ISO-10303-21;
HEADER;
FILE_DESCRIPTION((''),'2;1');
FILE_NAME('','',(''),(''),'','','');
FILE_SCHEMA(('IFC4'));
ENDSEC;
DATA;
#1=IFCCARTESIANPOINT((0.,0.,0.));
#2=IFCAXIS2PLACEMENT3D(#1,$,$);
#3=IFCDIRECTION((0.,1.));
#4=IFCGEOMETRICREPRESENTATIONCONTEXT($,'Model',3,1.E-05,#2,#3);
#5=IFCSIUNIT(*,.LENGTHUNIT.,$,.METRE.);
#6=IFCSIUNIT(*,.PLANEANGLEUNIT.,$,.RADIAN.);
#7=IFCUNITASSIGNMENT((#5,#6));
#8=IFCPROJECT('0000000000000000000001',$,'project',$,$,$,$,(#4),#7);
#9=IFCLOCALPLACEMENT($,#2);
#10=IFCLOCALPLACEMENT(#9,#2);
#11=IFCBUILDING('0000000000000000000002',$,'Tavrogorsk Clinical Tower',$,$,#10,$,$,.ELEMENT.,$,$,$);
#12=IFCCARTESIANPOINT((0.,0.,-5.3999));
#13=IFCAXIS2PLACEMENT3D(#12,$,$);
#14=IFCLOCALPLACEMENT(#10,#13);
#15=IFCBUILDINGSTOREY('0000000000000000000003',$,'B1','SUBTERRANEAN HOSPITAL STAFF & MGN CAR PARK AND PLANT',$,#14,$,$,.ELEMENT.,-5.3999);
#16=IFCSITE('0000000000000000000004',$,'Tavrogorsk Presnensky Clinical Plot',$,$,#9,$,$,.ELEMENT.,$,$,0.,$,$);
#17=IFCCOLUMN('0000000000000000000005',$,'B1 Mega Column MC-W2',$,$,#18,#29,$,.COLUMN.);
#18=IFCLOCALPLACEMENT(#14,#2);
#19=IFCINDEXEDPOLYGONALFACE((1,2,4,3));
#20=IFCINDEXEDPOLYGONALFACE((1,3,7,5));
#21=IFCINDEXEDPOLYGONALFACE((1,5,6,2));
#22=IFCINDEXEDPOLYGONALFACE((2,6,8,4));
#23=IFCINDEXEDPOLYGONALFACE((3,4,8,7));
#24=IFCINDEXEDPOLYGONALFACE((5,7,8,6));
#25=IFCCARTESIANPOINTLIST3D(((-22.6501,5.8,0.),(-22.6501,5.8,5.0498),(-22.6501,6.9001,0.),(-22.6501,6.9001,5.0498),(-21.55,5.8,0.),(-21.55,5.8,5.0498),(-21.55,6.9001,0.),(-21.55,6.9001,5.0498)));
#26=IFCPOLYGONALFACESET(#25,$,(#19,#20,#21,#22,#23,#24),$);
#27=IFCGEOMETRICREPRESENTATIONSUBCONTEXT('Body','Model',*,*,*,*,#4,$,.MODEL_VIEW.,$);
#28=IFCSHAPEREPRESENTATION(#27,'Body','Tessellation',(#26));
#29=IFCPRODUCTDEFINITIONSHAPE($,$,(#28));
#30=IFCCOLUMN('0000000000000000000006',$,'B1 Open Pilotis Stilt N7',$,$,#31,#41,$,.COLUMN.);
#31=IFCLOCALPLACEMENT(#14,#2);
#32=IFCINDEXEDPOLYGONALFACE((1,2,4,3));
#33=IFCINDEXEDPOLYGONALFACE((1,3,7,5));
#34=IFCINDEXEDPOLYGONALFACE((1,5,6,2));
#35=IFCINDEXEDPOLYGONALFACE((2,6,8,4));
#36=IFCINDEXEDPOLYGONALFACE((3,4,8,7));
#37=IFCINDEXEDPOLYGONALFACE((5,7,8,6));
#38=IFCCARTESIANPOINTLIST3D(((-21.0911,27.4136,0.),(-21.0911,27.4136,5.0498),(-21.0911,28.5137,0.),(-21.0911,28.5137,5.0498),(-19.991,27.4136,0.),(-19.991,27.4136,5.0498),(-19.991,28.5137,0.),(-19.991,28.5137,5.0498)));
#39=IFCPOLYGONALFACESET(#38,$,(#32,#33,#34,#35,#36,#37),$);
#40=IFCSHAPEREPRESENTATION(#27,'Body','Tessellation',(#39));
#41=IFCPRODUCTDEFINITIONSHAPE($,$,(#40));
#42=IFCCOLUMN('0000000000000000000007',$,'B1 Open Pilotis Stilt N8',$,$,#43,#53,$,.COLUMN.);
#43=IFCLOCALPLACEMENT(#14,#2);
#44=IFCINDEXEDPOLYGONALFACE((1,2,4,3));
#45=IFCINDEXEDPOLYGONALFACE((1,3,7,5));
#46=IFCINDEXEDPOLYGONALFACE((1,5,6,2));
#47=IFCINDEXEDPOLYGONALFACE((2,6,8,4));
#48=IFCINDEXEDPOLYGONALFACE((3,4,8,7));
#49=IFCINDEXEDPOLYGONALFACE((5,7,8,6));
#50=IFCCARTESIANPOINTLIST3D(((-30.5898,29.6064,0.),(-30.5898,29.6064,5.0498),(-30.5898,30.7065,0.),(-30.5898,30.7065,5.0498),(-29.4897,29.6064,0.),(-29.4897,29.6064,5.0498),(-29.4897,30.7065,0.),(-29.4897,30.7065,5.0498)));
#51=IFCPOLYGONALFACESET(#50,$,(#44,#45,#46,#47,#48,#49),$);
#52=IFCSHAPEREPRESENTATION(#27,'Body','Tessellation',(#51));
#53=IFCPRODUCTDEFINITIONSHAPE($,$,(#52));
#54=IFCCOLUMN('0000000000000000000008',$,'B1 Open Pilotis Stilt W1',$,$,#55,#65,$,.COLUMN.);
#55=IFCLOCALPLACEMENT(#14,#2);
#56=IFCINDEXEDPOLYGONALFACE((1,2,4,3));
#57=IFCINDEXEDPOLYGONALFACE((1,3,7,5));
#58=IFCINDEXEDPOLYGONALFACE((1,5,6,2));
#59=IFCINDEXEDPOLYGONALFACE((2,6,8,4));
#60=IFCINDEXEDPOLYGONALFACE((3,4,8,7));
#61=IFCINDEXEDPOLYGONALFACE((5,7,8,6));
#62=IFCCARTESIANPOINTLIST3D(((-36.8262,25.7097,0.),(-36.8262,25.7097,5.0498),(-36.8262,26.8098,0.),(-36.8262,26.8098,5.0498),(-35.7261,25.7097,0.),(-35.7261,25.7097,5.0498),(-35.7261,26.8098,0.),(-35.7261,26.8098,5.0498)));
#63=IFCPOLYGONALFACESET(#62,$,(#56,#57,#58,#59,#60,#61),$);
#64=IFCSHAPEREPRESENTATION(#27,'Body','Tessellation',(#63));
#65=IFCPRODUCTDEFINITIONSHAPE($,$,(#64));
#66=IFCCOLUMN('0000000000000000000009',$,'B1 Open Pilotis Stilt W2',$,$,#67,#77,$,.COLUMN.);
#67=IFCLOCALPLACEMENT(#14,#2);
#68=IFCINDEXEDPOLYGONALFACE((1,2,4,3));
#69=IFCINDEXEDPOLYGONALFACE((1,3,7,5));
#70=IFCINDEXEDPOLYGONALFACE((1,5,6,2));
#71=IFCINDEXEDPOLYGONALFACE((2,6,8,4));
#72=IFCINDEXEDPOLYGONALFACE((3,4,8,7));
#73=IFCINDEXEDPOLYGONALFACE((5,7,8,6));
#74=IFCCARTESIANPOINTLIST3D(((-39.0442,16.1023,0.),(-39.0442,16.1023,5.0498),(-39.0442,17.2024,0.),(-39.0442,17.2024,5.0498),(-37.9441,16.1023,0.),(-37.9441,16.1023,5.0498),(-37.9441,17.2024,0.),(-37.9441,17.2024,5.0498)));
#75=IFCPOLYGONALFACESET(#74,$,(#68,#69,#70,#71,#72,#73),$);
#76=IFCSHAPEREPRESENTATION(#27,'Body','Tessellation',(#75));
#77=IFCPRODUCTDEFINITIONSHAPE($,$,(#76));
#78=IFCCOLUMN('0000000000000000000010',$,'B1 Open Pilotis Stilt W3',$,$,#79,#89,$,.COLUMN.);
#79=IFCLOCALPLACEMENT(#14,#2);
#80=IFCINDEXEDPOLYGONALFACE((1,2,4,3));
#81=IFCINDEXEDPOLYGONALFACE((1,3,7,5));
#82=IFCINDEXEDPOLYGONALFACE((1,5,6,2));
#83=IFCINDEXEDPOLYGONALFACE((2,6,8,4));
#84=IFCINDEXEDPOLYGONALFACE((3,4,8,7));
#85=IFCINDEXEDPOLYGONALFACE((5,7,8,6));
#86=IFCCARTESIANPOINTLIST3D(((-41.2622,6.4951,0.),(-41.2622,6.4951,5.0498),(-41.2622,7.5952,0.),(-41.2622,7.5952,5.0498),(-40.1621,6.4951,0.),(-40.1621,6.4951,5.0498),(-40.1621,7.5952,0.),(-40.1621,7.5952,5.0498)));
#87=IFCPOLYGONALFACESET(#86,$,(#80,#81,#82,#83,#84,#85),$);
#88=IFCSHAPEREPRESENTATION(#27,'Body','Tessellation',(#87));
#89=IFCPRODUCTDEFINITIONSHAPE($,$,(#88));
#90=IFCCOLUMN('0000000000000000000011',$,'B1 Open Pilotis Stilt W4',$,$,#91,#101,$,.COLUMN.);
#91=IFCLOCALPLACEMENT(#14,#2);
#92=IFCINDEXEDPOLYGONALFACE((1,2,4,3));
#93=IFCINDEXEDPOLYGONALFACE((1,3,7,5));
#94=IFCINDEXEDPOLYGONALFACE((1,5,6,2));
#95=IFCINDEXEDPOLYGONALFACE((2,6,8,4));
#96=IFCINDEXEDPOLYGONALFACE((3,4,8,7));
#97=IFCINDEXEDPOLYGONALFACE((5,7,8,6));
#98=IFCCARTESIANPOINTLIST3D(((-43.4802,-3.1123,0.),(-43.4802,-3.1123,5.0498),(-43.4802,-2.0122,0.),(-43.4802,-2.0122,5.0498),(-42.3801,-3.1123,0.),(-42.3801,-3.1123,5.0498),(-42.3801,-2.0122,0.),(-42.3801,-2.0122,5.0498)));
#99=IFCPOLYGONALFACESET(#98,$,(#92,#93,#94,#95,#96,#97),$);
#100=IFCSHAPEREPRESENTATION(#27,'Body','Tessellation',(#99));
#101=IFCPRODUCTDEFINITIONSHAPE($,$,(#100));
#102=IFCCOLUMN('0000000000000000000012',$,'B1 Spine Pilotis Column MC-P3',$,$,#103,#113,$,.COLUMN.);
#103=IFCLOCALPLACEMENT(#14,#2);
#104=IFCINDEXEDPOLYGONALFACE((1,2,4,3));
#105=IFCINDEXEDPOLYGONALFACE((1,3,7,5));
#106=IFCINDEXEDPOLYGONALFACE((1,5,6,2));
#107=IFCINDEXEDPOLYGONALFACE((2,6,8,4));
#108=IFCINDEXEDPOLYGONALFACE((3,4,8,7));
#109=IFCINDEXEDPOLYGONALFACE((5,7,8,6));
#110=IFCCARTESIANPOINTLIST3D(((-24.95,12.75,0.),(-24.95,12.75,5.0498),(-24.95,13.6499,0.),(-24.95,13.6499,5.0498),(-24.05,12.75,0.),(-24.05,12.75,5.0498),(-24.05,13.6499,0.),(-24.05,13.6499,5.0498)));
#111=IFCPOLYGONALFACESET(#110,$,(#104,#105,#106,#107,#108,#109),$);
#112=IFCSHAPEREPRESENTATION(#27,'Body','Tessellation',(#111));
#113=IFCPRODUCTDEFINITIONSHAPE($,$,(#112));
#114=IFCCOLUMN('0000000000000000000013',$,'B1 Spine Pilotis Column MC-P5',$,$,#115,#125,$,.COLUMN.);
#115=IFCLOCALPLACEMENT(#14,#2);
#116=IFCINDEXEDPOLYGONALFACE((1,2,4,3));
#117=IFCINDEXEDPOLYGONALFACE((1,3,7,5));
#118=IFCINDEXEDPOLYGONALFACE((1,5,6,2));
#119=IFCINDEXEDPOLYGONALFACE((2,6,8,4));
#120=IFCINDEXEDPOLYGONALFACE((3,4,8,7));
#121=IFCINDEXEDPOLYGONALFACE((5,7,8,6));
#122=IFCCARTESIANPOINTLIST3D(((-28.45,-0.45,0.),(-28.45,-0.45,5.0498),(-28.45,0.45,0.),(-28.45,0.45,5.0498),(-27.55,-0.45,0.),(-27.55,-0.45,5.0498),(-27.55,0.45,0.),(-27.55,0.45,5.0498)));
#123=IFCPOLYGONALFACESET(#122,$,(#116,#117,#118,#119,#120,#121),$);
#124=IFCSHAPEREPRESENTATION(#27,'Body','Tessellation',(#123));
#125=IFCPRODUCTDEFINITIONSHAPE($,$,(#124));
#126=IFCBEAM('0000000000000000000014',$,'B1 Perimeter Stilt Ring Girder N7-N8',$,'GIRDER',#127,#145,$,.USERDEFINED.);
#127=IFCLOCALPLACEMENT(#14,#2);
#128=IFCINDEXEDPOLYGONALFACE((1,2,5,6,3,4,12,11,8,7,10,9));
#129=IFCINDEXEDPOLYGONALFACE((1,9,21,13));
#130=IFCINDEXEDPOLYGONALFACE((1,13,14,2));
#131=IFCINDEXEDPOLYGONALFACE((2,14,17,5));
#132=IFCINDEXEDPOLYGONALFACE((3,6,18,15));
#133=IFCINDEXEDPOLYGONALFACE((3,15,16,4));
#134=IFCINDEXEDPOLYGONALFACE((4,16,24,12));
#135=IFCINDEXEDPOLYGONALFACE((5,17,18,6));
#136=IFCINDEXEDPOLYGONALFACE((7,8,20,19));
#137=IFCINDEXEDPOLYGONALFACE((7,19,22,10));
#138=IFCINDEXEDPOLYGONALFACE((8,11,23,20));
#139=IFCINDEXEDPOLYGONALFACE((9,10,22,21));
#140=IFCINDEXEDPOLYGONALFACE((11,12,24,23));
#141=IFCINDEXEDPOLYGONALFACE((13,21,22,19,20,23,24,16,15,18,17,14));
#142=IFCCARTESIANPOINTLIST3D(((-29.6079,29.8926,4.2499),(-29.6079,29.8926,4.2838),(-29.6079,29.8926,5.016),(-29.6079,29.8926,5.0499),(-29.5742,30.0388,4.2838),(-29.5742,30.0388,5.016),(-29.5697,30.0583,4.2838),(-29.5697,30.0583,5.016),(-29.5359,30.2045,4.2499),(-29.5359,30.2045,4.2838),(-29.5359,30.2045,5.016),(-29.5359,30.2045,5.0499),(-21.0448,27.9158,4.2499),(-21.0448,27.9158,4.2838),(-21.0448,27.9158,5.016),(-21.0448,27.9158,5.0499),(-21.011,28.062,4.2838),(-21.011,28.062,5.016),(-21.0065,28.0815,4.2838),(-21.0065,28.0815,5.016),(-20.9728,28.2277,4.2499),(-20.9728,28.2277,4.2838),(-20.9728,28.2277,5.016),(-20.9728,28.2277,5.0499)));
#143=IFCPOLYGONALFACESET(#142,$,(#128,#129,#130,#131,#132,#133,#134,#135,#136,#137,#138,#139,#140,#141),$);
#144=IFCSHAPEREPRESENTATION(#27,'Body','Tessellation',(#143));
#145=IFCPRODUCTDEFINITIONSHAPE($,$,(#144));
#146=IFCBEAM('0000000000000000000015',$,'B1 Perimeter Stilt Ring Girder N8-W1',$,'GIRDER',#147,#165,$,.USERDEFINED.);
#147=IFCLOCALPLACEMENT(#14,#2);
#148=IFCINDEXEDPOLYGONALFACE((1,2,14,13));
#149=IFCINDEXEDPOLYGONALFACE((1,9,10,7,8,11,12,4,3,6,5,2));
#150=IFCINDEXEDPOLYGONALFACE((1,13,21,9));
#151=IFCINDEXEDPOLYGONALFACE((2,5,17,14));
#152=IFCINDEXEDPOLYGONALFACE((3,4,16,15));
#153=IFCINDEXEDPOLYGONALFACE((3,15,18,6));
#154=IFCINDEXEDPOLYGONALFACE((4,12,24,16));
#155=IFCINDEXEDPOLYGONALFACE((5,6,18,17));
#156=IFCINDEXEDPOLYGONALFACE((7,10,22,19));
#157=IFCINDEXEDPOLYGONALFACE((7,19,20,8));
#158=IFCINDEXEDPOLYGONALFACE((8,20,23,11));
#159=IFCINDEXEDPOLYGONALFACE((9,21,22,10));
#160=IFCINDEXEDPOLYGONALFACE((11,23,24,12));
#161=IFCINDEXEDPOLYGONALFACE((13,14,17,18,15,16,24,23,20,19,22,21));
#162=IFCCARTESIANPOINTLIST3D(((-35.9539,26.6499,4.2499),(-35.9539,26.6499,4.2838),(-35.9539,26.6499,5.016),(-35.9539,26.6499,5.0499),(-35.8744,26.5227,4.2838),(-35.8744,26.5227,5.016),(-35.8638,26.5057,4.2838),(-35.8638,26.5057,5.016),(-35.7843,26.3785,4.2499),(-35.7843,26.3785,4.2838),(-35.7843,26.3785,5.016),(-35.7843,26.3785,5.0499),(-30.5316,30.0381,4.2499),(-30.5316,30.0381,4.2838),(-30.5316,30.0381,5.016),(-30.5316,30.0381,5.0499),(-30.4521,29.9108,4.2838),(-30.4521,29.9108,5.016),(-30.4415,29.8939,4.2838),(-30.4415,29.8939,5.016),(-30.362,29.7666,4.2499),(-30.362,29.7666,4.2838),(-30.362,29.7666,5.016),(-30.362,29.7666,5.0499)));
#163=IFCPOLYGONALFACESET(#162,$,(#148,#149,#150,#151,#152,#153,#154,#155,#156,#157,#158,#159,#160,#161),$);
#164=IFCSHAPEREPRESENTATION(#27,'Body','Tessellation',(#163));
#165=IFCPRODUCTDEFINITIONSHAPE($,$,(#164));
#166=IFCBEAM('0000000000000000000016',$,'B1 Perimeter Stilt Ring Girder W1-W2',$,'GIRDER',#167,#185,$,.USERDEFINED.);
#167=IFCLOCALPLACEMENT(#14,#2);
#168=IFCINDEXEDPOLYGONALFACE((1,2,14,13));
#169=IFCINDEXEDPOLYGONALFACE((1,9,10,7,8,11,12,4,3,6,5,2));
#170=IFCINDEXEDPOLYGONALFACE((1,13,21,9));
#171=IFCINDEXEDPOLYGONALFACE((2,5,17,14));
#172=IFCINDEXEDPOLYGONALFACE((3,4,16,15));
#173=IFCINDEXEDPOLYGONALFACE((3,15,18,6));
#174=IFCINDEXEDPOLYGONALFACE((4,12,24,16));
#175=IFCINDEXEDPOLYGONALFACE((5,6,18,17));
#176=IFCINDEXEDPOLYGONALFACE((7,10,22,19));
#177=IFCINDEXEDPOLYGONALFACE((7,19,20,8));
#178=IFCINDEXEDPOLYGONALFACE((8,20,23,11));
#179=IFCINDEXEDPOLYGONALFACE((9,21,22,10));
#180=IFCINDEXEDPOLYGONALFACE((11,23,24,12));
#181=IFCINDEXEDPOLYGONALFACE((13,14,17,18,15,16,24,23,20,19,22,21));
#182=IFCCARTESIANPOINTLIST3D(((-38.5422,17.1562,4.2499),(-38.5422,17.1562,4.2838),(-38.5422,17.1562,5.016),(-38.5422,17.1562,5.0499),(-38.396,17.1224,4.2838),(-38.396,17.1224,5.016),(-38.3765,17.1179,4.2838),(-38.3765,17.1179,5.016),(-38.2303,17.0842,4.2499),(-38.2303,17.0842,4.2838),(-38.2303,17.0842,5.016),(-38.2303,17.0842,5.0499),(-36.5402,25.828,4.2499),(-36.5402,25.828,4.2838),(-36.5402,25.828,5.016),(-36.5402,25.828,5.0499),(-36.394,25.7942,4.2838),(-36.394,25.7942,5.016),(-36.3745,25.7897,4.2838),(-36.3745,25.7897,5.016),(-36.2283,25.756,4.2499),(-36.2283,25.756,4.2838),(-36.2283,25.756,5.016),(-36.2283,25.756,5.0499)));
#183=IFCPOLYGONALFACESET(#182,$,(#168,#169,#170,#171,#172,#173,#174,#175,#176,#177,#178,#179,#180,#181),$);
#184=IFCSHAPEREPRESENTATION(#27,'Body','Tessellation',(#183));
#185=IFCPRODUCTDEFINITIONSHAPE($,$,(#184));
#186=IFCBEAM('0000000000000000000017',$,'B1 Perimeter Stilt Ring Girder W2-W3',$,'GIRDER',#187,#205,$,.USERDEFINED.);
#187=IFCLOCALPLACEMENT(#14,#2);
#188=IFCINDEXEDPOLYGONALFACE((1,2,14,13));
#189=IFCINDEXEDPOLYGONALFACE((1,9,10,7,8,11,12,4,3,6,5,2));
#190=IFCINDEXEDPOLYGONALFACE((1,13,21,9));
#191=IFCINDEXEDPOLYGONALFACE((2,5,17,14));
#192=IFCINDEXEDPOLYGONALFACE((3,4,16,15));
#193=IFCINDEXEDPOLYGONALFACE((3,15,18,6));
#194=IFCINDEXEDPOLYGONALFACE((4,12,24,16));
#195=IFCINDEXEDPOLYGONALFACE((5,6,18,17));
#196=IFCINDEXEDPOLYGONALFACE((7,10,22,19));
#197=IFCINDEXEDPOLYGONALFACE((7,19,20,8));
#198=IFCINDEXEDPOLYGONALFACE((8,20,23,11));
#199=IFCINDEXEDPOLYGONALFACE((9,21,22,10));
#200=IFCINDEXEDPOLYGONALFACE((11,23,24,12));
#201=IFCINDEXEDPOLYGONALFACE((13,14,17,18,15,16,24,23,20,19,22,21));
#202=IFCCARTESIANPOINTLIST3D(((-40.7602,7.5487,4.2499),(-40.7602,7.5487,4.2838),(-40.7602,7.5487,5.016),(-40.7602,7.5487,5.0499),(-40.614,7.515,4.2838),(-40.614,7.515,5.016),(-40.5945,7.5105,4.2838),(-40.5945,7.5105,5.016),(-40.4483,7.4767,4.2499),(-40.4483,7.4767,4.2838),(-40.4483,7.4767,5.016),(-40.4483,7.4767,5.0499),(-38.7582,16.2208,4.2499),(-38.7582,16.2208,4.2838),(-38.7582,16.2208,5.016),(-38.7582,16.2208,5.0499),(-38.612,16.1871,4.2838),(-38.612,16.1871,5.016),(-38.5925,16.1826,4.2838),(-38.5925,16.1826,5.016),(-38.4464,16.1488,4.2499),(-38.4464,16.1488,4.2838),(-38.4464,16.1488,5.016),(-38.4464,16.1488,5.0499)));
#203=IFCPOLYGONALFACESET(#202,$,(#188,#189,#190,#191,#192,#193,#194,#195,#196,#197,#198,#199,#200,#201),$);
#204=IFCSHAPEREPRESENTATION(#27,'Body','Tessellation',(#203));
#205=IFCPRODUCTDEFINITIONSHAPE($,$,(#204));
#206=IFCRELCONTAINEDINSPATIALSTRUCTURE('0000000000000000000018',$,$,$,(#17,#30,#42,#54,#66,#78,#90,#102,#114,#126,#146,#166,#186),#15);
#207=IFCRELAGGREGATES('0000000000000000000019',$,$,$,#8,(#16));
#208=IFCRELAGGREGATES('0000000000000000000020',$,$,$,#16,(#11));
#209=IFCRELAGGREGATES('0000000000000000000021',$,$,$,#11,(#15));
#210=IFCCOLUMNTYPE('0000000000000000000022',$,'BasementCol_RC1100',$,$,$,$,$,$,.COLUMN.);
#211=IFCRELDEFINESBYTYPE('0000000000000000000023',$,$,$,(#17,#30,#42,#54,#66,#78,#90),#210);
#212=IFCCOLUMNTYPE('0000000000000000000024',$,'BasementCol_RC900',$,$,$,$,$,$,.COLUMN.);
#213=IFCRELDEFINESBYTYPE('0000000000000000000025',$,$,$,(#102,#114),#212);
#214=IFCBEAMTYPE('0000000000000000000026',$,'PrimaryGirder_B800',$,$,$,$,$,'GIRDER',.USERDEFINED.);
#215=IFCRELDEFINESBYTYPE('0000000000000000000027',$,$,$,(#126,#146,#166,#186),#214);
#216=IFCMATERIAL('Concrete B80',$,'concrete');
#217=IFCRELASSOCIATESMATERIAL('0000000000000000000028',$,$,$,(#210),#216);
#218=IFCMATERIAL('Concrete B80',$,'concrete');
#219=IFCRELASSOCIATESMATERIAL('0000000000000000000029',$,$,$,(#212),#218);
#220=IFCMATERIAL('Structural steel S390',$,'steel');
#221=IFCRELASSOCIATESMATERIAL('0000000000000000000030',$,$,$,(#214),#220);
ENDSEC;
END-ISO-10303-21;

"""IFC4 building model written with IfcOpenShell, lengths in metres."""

from ifc_helpers import new_model, si_unit, direction, frame, origin, origin_2d, place, context, subcontext, project, spatial, rectangle, i_section, extrude, material, material_profile, profile_set, type_object, element, save


model = new_model("IFC4")

# Units and contexts
model_context = context("Model", 3, precision=1e-05, world=origin(), true_north=direction((0.0, 1.0)))
body_context = subcontext(model_context, "Body", "Model", "MODEL_VIEW")
ifc_project = project(units=[si_unit("LENGTHUNIT", "METRE"), si_unit("PLANEANGLEUNIT", "RADIAN")], contexts=[model_context])

# Site, building, storey
site_placement = place(None, origin())
site = spatial("IfcSite", under=ifc_project, at=site_placement, Name="Tavrogorsk Presnensky Clinical Plot", CompositionType="ELEMENT", RefElevation=0.0)
building_placement = place(site_placement, origin())
building = spatial("IfcBuilding", under=site, at=building_placement, Name="Tavrogorsk Clinical Tower", CompositionType="ELEMENT")
storey_placement = place(building_placement, frame((0.0, 0.0, -5.3999)))
storey = spatial("IfcBuildingStorey", under=building, at=storey_placement, Name="B1", Description="SUBTERRANEAN HOSPITAL STAFF & MGN CAR PARK AND PLANT", CompositionType="ELEMENT", Elevation=-5.3999)

# Columns
ifc_material_1 = material(Name="Concrete B80", Category="concrete")
ifc_material_profile_1 = material_profile(ifc_material_1, rectangle(XDim=1.1001, YDim=1.1001, at=origin_2d()), Name="RC-COL-1100x1100")
ifc_profile_set_1 = profile_set([ifc_material_profile_1], Name="Concrete B80")
column_type_1 = type_object("IfcColumnType", Name="BasementCol_RC1100", PredefinedType="COLUMN", material=ifc_profile_set_1)
for number, where, z_axis, x_axis, name in (
    (1, (-22.1001, 6.3501, 0.0), (0.0, 0.0, 1.0), (1.0, 0.0, 0.0), "B1 Mega Column MC-W2"),
    (2, (-20.541, 27.9636, 0.0), (0.0, 0.0, 1.0), (1.0, 0.0, 0.0), "B1 Open Pilotis Stilt N7"),
    (3, (-30.0398, 30.1565, 0.0), (0.0, 0.0, 1.0), (1.0, 0.0, 0.0), "B1 Open Pilotis Stilt N8"),
    (4, (-36.2761, 26.2598, 0.0), (0.0, 0.0, 1.0), (1.0, 0.0, 0.0), "B1 Open Pilotis Stilt W1"),
    (5, (-38.4941, 16.6523, 0.0), (0.0, 0.0, 1.0), (1.0, 0.0, 0.0), "B1 Open Pilotis Stilt W2"),
    (6, (-40.7122, 7.0452, 0.0), (0.0, 0.0, 1.0), (1.0, 0.0, 0.0), "B1 Open Pilotis Stilt W3"),
    (7, (-42.9302, -2.5623, 0.0), (0.0, 0.0, 1.0), (1.0, 0.0, 0.0), "B1 Open Pilotis Stilt W4"),
):
    element("IfcColumn", number, at=place(storey_placement, frame(where, z_axis=z_axis, x_axis=x_axis)), inside=storey, type_object=column_type_1, Name=name, PredefinedType="COLUMN", context=body_context, shape_type="SweptSolid", body=[
        extrude(rectangle(XDim=1.1001, YDim=1.1001, at=origin_2d()), origin(), (0.0, 0.0, 1.0), 5.0498),
    ])
ifc_material_2 = material(Name="Concrete B80", Category="concrete")
ifc_material_profile_2 = material_profile(ifc_material_2, rectangle(XDim=0.8999, YDim=0.8999, at=origin_2d()), Name="RC-COL-900x900")
ifc_profile_set_2 = profile_set([ifc_material_profile_2], Name="Concrete B80")
column_type_2 = type_object("IfcColumnType", Name="BasementCol_RC900", PredefinedType="COLUMN", material=ifc_profile_set_2)
for number, where, z_axis, x_axis, name in (
    (8, (-24.5, 13.2, 0.0), (0.0, 0.0, 1.0), (1.0, 0.0, 0.0), "B1 Spine Pilotis Column MC-P3"),
    (9, (-28.0, 0.0, 0.0), (0.0, 0.0, 1.0), (1.0, 0.0, 0.0), "B1 Spine Pilotis Column MC-P5"),
):
    element("IfcColumn", number, at=place(storey_placement, frame(where, z_axis=z_axis, x_axis=x_axis)), inside=storey, type_object=column_type_2, Name=name, PredefinedType="COLUMN", context=body_context, shape_type="SweptSolid", body=[
        extrude(rectangle(XDim=0.8999, YDim=0.8999, at=origin_2d()), origin(), (0.0, 0.0, 1.0), 5.0498),
    ])

# Beams
ifc_material_3 = material(Name="Structural steel S390", Category="steel")
ifc_material_profile_3 = material_profile(ifc_material_3, i_section(OverallWidth=0.3201, OverallDepth=0.8, WebThickness=0.02, FlangeThickness=0.0339, at=origin_2d()), Name="B-800x320x20x34")
ifc_profile_set_3 = profile_set([ifc_material_profile_3], Name="Structural steel S390")
beam_type_1 = type_object("IfcBeamType", Name="PrimaryGirder_B800", ElementType="GIRDER", PredefinedType="USERDEFINED", material=ifc_profile_set_3)
beam_1_placement = place(storey_placement, frame((-21.0088, 28.0718, 4.6499), z_axis=(-0.974374, 0.224933, 0.0), x_axis=(-0.224933, -0.974374, 0.0)))
element("IfcBeam", 10, at=beam_1_placement, inside=storey, type_object=beam_type_1, Name="B1 Perimeter Stilt Ring Girder N7-N8", ObjectType="GIRDER", PredefinedType="USERDEFINED", context=body_context, shape_type="SweptSolid", body=[
    extrude(i_section(OverallWidth=0.3201, OverallDepth=0.8, WebThickness=0.02, FlangeThickness=0.0339, at=origin_2d()), origin(), (0.0, 0.0, 1.0), 8.7883),
])
beam_2_placement = place(storey_placement, frame((-30.4468, 29.9023, 4.6499), z_axis=(-0.848054, -0.52991, 0.0), x_axis=(0.52991, -0.848054, 0.0)))
element("IfcBeam", 11, at=beam_2_placement, inside=storey, type_object=beam_type_1, Name="B1 Perimeter Stilt Ring Girder N8-W1", ObjectType="GIRDER", PredefinedType="USERDEFINED", context=body_context, shape_type="SweptSolid", body=[
    extrude(i_section(OverallWidth=0.3201, OverallDepth=0.8, WebThickness=0.02, FlangeThickness=0.0339, at=origin_2d()), origin(), (0.0, 0.0, 1.0), 6.3938),
])
beam_3_placement = place(storey_placement, frame((-36.3843, 25.792, 4.6499), z_axis=(-0.22494, -0.974373, 0.0), x_axis=(0.974373, -0.22494, 0.0)))
element("IfcBeam", 12, at=beam_3_placement, inside=storey, type_object=beam_type_1, Name="B1 Perimeter Stilt Ring Girder W1-W2", ObjectType="GIRDER", PredefinedType="USERDEFINED", context=body_context, shape_type="SweptSolid", body=[
    extrude(i_section(OverallWidth=0.3201, OverallDepth=0.8, WebThickness=0.02, FlangeThickness=0.0339, at=origin_2d()), origin(), (0.0, 0.0, 1.0), 8.8999),
])
beam_4_placement = place(storey_placement, frame((-38.6023, 16.1848, 4.6499), z_axis=(-0.224934, -0.974374, 0.0), x_axis=(0.974374, -0.224934, 0.0)))
element("IfcBeam", 13, at=beam_4_placement, inside=storey, type_object=beam_type_1, Name="B1 Perimeter Stilt Ring Girder W2-W3", ObjectType="GIRDER", PredefinedType="USERDEFINED", context=body_context, shape_type="SweptSolid", body=[
    extrude(i_section(OverallWidth=0.3201, OverallDepth=0.8, WebThickness=0.02, FlangeThickness=0.0339, at=origin_2d()), origin(), (0.0, 0.0, 1.0), 8.9001),
])

save(model, "model.ifc")
